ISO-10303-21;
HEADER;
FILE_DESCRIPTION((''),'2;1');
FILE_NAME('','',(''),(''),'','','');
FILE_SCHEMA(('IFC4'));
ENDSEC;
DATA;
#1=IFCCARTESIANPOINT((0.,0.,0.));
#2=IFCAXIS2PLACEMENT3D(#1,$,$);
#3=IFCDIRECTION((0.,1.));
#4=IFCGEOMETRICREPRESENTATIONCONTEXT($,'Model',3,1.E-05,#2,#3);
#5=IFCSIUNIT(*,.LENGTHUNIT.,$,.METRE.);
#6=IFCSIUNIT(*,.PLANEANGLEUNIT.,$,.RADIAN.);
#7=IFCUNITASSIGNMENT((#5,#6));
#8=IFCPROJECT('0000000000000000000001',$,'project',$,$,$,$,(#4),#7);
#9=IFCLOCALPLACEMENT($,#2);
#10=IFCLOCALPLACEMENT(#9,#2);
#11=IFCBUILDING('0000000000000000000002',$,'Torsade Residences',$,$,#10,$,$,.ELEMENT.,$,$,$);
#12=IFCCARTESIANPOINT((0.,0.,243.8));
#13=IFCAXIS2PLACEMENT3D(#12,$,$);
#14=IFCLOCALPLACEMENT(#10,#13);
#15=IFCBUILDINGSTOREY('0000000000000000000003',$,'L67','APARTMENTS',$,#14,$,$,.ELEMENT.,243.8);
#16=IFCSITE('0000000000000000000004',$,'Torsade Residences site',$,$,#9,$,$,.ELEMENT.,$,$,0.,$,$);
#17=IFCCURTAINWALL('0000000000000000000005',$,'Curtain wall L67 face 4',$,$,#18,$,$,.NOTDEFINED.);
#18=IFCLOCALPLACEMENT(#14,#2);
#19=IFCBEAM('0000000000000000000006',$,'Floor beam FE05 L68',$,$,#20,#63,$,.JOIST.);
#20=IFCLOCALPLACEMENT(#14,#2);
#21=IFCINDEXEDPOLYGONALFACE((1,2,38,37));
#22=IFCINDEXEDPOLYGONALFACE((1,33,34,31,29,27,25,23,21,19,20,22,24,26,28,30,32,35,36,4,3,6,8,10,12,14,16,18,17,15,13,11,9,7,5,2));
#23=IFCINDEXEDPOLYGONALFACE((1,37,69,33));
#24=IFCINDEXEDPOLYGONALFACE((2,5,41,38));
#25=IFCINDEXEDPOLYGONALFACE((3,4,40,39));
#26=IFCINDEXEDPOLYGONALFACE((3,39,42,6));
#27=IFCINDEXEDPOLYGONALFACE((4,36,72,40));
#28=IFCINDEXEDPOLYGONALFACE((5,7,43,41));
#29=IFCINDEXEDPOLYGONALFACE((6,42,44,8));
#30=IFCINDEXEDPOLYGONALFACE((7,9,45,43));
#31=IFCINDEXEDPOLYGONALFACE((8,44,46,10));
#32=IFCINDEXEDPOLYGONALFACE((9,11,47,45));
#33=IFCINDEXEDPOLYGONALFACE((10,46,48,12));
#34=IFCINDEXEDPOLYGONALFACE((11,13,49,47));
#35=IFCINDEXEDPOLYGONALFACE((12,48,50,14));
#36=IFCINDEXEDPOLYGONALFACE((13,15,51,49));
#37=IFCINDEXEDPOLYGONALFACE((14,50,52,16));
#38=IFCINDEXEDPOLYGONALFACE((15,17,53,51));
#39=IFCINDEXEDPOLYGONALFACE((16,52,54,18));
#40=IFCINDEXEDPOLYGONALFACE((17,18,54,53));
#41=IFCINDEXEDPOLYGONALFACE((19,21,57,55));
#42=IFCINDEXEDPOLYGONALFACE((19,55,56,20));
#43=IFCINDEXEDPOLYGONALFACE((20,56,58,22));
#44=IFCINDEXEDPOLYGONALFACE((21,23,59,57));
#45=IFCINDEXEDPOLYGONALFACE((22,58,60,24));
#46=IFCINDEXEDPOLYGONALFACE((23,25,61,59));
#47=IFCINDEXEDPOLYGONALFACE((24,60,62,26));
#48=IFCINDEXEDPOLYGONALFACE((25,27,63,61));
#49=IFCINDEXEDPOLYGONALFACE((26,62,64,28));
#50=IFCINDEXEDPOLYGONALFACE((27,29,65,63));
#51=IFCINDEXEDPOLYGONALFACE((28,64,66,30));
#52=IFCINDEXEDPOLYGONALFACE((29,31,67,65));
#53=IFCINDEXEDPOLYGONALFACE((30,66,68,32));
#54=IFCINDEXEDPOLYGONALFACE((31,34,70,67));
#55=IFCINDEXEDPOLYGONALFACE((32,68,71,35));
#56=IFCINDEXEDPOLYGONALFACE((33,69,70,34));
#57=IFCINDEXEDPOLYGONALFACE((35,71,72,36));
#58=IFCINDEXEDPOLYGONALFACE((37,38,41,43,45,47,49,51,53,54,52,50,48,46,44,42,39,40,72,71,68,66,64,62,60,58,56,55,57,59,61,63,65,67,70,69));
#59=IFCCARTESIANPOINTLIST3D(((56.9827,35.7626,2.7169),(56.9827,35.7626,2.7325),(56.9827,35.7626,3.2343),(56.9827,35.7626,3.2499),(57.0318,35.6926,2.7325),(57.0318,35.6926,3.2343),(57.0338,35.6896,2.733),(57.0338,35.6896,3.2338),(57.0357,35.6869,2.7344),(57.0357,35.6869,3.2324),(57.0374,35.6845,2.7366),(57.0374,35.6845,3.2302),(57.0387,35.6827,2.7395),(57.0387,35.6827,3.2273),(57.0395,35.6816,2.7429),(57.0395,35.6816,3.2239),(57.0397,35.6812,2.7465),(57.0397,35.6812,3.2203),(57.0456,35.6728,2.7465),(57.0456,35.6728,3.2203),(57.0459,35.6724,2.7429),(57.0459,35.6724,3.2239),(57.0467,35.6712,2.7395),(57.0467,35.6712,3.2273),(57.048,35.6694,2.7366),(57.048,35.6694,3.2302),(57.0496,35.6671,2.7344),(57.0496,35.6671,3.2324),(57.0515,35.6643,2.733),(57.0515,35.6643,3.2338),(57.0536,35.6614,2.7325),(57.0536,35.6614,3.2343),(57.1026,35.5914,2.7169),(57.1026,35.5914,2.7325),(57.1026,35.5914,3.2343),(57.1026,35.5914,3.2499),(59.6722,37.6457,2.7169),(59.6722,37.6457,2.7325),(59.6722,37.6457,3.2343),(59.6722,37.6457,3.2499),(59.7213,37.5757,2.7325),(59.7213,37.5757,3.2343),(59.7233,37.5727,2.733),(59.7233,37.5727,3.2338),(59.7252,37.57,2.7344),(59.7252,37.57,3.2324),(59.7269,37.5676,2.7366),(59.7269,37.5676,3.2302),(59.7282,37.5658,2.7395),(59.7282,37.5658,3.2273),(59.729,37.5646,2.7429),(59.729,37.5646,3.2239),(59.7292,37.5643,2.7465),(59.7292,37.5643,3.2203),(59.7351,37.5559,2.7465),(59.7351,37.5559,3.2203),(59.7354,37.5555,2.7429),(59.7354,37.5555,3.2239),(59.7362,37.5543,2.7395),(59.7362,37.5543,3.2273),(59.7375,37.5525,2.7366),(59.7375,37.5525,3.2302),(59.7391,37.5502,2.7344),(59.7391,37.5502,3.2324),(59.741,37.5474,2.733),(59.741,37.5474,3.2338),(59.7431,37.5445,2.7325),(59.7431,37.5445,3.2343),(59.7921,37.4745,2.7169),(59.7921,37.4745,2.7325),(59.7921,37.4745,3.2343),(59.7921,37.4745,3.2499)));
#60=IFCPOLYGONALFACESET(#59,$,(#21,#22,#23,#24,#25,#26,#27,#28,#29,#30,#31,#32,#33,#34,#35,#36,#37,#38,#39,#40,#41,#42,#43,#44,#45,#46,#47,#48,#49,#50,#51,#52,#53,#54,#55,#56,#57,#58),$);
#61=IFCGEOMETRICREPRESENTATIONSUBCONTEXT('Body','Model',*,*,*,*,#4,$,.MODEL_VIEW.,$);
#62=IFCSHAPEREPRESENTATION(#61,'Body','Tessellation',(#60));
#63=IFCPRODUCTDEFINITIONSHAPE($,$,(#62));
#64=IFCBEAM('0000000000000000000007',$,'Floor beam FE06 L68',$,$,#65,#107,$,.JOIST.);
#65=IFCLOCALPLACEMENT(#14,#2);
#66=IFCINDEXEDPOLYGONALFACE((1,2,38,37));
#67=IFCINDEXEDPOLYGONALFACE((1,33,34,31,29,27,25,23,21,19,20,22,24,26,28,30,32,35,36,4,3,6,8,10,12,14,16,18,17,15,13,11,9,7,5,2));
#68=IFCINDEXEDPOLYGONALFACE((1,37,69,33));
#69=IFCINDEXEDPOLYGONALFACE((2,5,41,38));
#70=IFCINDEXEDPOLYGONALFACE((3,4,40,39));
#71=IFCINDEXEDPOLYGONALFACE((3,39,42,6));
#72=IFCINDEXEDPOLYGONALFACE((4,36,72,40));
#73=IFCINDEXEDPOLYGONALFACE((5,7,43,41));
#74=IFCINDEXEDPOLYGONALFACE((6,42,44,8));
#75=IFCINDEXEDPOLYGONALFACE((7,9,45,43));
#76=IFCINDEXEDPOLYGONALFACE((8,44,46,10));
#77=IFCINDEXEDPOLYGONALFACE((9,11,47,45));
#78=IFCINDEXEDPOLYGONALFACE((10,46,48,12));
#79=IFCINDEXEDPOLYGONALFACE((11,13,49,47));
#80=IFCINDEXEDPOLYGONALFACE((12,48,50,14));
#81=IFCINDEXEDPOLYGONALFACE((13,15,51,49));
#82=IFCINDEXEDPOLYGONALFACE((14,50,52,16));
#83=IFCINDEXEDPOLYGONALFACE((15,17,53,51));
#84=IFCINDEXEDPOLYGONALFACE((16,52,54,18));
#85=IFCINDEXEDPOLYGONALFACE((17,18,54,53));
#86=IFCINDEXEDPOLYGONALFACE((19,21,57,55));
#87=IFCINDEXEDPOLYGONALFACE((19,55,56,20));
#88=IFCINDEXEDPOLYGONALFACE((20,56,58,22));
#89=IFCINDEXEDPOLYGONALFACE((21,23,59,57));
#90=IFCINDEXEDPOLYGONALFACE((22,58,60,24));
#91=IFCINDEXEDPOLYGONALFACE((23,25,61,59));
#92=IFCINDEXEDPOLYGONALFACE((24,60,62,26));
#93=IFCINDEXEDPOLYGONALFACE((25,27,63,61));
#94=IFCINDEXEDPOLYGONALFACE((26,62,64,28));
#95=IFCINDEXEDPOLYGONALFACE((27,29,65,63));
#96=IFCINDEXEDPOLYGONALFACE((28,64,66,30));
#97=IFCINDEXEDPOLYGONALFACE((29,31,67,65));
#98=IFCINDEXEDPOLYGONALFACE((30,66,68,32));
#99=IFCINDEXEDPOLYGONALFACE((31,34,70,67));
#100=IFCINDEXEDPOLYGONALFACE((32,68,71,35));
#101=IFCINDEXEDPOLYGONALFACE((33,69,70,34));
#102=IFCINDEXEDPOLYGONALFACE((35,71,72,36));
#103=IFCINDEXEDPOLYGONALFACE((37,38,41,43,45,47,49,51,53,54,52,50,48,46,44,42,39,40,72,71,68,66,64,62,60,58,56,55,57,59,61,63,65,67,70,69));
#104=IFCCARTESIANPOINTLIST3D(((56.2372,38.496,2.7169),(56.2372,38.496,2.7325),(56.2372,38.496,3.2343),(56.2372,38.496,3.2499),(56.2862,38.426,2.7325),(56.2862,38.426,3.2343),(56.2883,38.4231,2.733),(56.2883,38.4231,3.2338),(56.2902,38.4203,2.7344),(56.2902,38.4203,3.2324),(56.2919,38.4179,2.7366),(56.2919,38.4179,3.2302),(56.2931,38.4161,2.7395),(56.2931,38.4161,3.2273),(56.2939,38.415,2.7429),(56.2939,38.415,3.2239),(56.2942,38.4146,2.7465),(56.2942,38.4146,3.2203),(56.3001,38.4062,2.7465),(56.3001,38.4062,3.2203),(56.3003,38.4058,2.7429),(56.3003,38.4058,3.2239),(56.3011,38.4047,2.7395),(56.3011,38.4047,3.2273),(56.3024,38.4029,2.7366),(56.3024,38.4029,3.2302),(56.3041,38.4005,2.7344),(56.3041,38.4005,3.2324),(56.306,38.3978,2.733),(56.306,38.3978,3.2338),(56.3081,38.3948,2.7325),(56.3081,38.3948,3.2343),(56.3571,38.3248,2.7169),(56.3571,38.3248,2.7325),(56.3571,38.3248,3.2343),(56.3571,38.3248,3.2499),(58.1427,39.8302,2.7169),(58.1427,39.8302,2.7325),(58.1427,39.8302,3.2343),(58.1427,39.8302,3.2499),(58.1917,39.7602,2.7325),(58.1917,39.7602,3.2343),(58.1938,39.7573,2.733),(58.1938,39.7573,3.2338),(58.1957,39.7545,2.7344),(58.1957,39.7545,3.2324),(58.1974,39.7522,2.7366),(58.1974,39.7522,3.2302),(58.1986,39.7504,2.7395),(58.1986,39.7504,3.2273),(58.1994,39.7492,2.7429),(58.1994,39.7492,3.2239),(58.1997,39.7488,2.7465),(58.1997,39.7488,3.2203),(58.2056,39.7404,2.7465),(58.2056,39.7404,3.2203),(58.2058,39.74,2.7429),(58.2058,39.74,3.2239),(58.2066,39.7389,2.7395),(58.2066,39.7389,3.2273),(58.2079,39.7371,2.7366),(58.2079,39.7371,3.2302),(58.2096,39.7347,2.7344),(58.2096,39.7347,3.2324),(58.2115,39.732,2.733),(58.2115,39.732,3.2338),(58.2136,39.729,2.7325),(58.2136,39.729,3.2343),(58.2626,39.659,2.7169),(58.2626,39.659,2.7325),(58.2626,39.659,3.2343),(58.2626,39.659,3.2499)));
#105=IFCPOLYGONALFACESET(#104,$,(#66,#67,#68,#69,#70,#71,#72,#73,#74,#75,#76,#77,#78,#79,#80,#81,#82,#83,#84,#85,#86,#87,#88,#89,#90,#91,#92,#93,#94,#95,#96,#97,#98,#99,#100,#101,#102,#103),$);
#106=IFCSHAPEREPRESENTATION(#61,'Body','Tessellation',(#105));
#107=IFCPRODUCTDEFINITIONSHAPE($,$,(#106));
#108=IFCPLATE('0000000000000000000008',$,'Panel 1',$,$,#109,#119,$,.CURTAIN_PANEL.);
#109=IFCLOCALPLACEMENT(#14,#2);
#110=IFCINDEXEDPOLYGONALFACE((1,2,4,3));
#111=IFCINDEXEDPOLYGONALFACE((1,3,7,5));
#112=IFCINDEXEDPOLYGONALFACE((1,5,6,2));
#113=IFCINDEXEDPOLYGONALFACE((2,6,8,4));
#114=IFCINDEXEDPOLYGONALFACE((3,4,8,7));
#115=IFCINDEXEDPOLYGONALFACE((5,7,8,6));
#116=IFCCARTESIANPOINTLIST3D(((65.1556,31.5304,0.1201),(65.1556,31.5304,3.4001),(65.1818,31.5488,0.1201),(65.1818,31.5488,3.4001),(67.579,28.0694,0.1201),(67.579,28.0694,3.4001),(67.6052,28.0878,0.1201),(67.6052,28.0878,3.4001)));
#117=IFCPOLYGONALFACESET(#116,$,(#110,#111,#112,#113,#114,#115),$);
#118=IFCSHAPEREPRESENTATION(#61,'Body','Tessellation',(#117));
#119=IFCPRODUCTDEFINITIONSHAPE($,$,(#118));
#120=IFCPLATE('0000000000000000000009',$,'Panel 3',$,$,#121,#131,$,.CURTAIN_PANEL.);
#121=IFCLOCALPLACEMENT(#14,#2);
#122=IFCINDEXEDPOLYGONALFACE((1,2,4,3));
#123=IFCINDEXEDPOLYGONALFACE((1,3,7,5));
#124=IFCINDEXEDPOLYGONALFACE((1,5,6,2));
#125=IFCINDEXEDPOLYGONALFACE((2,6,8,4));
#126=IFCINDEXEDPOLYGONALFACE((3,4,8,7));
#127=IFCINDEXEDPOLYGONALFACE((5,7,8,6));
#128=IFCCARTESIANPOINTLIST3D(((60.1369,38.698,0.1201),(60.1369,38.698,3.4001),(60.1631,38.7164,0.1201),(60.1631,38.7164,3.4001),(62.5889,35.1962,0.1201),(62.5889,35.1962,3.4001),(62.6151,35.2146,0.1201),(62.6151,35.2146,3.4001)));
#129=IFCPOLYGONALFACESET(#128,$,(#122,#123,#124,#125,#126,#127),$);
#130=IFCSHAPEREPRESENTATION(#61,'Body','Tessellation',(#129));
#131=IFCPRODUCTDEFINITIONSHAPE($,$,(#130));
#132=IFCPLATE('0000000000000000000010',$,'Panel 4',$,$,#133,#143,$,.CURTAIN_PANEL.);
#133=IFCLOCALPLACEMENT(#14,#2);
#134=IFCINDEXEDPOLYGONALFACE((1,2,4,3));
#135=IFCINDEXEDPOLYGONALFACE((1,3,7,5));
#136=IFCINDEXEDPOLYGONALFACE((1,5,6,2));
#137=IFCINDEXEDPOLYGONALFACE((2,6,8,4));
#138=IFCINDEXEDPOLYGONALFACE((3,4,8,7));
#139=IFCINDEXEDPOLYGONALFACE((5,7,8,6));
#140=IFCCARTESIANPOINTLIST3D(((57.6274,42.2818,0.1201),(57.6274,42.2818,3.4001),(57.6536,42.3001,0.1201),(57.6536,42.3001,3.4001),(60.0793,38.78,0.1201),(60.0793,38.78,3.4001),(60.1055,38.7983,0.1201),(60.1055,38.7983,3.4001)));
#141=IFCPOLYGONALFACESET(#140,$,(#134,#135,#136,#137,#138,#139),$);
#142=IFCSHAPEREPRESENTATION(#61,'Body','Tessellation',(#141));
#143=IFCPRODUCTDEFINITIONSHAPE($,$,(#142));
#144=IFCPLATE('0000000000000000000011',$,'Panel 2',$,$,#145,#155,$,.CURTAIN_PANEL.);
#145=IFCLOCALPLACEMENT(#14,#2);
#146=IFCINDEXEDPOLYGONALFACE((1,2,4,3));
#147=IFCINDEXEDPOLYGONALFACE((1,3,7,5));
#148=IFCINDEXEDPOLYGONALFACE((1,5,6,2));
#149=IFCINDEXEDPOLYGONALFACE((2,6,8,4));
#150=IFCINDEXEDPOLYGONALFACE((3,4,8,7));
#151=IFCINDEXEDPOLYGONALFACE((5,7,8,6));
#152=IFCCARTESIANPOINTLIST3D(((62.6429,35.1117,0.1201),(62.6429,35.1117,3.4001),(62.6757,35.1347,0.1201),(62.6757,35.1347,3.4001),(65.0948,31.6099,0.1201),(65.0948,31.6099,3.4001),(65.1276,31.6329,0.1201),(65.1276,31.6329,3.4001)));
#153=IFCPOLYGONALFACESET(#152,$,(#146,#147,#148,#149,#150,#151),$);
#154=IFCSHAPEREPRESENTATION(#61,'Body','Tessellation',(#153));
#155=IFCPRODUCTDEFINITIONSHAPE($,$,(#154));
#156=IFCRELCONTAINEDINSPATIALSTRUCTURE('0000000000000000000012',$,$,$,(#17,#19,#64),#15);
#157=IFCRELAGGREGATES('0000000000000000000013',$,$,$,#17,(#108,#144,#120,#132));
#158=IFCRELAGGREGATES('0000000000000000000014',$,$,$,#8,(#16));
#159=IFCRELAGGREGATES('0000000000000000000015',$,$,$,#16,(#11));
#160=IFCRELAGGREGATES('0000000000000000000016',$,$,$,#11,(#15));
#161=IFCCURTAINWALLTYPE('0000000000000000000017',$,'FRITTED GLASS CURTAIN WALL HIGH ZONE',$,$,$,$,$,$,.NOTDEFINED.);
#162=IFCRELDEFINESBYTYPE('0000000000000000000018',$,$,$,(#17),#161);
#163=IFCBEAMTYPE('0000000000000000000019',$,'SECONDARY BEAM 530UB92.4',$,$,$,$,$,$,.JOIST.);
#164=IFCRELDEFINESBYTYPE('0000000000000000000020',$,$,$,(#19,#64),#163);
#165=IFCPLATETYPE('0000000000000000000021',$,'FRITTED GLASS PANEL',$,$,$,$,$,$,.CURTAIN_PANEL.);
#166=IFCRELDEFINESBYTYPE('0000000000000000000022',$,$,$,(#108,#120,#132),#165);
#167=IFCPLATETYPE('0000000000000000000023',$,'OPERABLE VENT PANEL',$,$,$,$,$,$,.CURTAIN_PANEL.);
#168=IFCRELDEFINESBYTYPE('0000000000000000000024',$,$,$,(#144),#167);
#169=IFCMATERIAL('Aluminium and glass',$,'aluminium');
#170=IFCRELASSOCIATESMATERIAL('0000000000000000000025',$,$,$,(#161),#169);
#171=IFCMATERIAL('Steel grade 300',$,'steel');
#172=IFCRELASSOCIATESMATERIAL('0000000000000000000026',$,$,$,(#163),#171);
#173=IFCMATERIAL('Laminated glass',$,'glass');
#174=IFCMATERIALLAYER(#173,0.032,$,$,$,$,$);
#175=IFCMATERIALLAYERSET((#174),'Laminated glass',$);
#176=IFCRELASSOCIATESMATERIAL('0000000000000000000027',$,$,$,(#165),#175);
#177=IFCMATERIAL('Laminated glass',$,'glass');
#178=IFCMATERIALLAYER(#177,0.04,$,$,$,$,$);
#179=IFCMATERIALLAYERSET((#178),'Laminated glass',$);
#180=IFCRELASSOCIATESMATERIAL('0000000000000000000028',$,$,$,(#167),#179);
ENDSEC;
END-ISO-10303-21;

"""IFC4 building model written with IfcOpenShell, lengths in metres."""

from ifc_helpers import new_model, si_unit, direction, frame, origin, origin_2d, place, context, subcontext, project, spatial, rectangle, i_section, extrude, material, layer, layer_set, material_profile, profile_set, type_object, element, aggregate, save


model = new_model("IFC4")

# Units and contexts
model_context = context("Model", 3, precision=1e-05, world=origin(), true_north=direction((0.0, 1.0)))
body_context = subcontext(model_context, "Body", "Model", "MODEL_VIEW")
ifc_project = project(units=[si_unit("LENGTHUNIT", "METRE"), si_unit("PLANEANGLEUNIT", "RADIAN")], contexts=[model_context])

# Site, building, storey
site_placement = place(None, origin())
site = spatial("IfcSite", under=ifc_project, at=site_placement, Name="Torsade Residences site", CompositionType="ELEMENT", RefElevation=0.0)
building_placement = place(site_placement, origin())
building = spatial("IfcBuilding", under=site, at=building_placement, Name="Torsade Residences", CompositionType="ELEMENT")
storey_placement = place(building_placement, frame((0.0, 0.0, 243.8)))
storey = spatial("IfcBuildingStorey", under=building, at=storey_placement, Name="L67", Description="APARTMENTS", CompositionType="ELEMENT", Elevation=243.8)

# Curtain wall
ifc_material_1 = material(Name="Aluminium and glass", Category="aluminium")
curtain_wall_type = type_object("IfcCurtainWallType", Name="FRITTED GLASS CURTAIN WALL HIGH ZONE", PredefinedType="NOTDEFINED", material=ifc_material_1)
curtain_wall_placement = place(storey_placement, origin())
curtain_wall = element("IfcCurtainWall", 1, at=curtain_wall_placement, inside=storey, type_object=curtain_wall_type, Name="Curtain wall L67 face 4", PredefinedType="NOTDEFINED")

# Beams
ifc_material_2 = material(Name="Steel grade 300", Category="steel")
ifc_material_profile_1 = material_profile(ifc_material_2, i_section(OverallWidth=0.209, OverallDepth=0.533, WebThickness=0.0103, FlangeThickness=0.0156, FilletRadius=0.0139, at=origin_2d()), Name="530UB92.4")
ifc_profile_set_1 = profile_set([ifc_material_profile_1], Name="Steel grade 300")
beam_type_1 = type_object("IfcBeamType", Name="SECONDARY BEAM 530UB92.4", PredefinedType="JOIST", material=ifc_profile_set_1)
beam_1_placement = place(storey_placement, frame((59.7322, 37.5601, 2.9834), z_axis=(-0.819169, -0.573552, 0.0), x_axis=(0.573552, -0.819169, 0.0)))
element("IfcBeam", 2, at=beam_1_placement, inside=storey, type_object=beam_type_1, Name="Floor beam FE05 L68", PredefinedType="JOIST", context=body_context, shape_type="SweptSolid", body=[
    extrude(i_section(OverallWidth=0.209, OverallDepth=0.533, WebThickness=0.0103, FlangeThickness=0.0156, FilletRadius=0.0139, at=origin_2d()), origin(), (0.0, 0.0, 1.0), 3.2832),
])
beam_2_placement = place(storey_placement, frame((58.2026, 39.7446, 2.9834), z_axis=(-0.819158, -0.573568, 0.0), x_axis=(0.573568, -0.819158, 0.0)))
element("IfcBeam", 3, at=beam_2_placement, inside=storey, type_object=beam_type_1, Name="Floor beam FE06 L68", PredefinedType="JOIST", context=body_context, shape_type="SweptSolid", body=[
    extrude(i_section(OverallWidth=0.209, OverallDepth=0.533, WebThickness=0.0103, FlangeThickness=0.0156, FilletRadius=0.0139, at=origin_2d()), origin(), (0.0, 0.0, 1.0), 2.3262),
])

# Plates
ifc_material_3 = material(Name="Laminated glass", Category="glass")
ifc_layer_1 = layer(ifc_material_3, 0.032)
ifc_layer_set_1 = layer_set([ifc_layer_1], Name="Laminated glass")
plate_type_1 = type_object("IfcPlateType", Name="FRITTED GLASS PANEL", PredefinedType="CURTAIN_PANEL", material=ifc_layer_set_1)
plate_1_placement = place(storey_placement, frame((66.3804, 29.8091, 0.1201), z_axis=(0.0, 0.0, 1.0), x_axis=(-0.573576, 0.819152, 0.0)))
plate_1 = element("IfcPlate", 4, at=plate_1_placement, type_object=plate_type_1, Name="Panel 1", PredefinedType="CURTAIN_PANEL", context=body_context, shape_type="SweptSolid", body=[
    extrude(rectangle(XDim=4.2251, YDim=0.032, at=origin_2d()), origin(), (0.0, 0.0, 1.0), 3.28),
])
plate_2_placement = place(storey_placement, frame((61.376, 36.9563, 0.1201), z_axis=(0.0, 0.0, 1.0), x_axis=(-0.573576, 0.819152, 0.0)))
plate_2 = element("IfcPlate", 5, at=plate_2_placement, type_object=plate_type_1, Name="Panel 3", PredefinedType="CURTAIN_PANEL", context=body_context, shape_type="SweptSolid", body=[
    extrude(rectangle(XDim=4.2749, YDim=0.032, at=origin_2d()), origin(), (0.0, 0.0, 1.0), 3.28),
])
plate_3_placement = place(storey_placement, frame((58.8665, 40.54, 0.1201), z_axis=(0.0, 0.0, 1.0), x_axis=(-0.573576, 0.819152, 0.0)))
plate_3 = element("IfcPlate", 6, at=plate_3_placement, type_object=plate_type_1, Name="Panel 4", PredefinedType="CURTAIN_PANEL", context=body_context, shape_type="SweptSolid", body=[
    extrude(rectangle(XDim=4.2749, YDim=0.032, at=origin_2d()), origin(), (0.0, 0.0, 1.0), 3.28),
])
ifc_material_4 = material(Name="Laminated glass", Category="glass")
ifc_layer_2 = layer(ifc_material_4, 0.04)
ifc_layer_set_2 = layer_set([ifc_layer_2], Name="Laminated glass")
plate_type_2 = type_object("IfcPlateType", Name="OPERABLE VENT PANEL", PredefinedType="CURTAIN_PANEL", material=ifc_layer_set_2)
plate_4_placement = place(storey_placement, frame((63.8853, 33.3723, 0.1201), z_axis=(0.0, 0.0, 1.0), x_axis=(-0.573576, 0.819152, 0.0)))
plate_4 = element("IfcPlate", 7, at=plate_4_placement, type_object=plate_type_2, Name="Panel 2", PredefinedType="CURTAIN_PANEL", context=body_context, shape_type="SweptSolid", body=[
    extrude(rectangle(XDim=4.2749, YDim=0.04, at=origin_2d()), origin(), (0.0, 0.0, 1.0), 3.28),
])
aggregate(curtain_wall, [plate_1, plate_4, plate_2, plate_3])

save(model, "model.ifc")
